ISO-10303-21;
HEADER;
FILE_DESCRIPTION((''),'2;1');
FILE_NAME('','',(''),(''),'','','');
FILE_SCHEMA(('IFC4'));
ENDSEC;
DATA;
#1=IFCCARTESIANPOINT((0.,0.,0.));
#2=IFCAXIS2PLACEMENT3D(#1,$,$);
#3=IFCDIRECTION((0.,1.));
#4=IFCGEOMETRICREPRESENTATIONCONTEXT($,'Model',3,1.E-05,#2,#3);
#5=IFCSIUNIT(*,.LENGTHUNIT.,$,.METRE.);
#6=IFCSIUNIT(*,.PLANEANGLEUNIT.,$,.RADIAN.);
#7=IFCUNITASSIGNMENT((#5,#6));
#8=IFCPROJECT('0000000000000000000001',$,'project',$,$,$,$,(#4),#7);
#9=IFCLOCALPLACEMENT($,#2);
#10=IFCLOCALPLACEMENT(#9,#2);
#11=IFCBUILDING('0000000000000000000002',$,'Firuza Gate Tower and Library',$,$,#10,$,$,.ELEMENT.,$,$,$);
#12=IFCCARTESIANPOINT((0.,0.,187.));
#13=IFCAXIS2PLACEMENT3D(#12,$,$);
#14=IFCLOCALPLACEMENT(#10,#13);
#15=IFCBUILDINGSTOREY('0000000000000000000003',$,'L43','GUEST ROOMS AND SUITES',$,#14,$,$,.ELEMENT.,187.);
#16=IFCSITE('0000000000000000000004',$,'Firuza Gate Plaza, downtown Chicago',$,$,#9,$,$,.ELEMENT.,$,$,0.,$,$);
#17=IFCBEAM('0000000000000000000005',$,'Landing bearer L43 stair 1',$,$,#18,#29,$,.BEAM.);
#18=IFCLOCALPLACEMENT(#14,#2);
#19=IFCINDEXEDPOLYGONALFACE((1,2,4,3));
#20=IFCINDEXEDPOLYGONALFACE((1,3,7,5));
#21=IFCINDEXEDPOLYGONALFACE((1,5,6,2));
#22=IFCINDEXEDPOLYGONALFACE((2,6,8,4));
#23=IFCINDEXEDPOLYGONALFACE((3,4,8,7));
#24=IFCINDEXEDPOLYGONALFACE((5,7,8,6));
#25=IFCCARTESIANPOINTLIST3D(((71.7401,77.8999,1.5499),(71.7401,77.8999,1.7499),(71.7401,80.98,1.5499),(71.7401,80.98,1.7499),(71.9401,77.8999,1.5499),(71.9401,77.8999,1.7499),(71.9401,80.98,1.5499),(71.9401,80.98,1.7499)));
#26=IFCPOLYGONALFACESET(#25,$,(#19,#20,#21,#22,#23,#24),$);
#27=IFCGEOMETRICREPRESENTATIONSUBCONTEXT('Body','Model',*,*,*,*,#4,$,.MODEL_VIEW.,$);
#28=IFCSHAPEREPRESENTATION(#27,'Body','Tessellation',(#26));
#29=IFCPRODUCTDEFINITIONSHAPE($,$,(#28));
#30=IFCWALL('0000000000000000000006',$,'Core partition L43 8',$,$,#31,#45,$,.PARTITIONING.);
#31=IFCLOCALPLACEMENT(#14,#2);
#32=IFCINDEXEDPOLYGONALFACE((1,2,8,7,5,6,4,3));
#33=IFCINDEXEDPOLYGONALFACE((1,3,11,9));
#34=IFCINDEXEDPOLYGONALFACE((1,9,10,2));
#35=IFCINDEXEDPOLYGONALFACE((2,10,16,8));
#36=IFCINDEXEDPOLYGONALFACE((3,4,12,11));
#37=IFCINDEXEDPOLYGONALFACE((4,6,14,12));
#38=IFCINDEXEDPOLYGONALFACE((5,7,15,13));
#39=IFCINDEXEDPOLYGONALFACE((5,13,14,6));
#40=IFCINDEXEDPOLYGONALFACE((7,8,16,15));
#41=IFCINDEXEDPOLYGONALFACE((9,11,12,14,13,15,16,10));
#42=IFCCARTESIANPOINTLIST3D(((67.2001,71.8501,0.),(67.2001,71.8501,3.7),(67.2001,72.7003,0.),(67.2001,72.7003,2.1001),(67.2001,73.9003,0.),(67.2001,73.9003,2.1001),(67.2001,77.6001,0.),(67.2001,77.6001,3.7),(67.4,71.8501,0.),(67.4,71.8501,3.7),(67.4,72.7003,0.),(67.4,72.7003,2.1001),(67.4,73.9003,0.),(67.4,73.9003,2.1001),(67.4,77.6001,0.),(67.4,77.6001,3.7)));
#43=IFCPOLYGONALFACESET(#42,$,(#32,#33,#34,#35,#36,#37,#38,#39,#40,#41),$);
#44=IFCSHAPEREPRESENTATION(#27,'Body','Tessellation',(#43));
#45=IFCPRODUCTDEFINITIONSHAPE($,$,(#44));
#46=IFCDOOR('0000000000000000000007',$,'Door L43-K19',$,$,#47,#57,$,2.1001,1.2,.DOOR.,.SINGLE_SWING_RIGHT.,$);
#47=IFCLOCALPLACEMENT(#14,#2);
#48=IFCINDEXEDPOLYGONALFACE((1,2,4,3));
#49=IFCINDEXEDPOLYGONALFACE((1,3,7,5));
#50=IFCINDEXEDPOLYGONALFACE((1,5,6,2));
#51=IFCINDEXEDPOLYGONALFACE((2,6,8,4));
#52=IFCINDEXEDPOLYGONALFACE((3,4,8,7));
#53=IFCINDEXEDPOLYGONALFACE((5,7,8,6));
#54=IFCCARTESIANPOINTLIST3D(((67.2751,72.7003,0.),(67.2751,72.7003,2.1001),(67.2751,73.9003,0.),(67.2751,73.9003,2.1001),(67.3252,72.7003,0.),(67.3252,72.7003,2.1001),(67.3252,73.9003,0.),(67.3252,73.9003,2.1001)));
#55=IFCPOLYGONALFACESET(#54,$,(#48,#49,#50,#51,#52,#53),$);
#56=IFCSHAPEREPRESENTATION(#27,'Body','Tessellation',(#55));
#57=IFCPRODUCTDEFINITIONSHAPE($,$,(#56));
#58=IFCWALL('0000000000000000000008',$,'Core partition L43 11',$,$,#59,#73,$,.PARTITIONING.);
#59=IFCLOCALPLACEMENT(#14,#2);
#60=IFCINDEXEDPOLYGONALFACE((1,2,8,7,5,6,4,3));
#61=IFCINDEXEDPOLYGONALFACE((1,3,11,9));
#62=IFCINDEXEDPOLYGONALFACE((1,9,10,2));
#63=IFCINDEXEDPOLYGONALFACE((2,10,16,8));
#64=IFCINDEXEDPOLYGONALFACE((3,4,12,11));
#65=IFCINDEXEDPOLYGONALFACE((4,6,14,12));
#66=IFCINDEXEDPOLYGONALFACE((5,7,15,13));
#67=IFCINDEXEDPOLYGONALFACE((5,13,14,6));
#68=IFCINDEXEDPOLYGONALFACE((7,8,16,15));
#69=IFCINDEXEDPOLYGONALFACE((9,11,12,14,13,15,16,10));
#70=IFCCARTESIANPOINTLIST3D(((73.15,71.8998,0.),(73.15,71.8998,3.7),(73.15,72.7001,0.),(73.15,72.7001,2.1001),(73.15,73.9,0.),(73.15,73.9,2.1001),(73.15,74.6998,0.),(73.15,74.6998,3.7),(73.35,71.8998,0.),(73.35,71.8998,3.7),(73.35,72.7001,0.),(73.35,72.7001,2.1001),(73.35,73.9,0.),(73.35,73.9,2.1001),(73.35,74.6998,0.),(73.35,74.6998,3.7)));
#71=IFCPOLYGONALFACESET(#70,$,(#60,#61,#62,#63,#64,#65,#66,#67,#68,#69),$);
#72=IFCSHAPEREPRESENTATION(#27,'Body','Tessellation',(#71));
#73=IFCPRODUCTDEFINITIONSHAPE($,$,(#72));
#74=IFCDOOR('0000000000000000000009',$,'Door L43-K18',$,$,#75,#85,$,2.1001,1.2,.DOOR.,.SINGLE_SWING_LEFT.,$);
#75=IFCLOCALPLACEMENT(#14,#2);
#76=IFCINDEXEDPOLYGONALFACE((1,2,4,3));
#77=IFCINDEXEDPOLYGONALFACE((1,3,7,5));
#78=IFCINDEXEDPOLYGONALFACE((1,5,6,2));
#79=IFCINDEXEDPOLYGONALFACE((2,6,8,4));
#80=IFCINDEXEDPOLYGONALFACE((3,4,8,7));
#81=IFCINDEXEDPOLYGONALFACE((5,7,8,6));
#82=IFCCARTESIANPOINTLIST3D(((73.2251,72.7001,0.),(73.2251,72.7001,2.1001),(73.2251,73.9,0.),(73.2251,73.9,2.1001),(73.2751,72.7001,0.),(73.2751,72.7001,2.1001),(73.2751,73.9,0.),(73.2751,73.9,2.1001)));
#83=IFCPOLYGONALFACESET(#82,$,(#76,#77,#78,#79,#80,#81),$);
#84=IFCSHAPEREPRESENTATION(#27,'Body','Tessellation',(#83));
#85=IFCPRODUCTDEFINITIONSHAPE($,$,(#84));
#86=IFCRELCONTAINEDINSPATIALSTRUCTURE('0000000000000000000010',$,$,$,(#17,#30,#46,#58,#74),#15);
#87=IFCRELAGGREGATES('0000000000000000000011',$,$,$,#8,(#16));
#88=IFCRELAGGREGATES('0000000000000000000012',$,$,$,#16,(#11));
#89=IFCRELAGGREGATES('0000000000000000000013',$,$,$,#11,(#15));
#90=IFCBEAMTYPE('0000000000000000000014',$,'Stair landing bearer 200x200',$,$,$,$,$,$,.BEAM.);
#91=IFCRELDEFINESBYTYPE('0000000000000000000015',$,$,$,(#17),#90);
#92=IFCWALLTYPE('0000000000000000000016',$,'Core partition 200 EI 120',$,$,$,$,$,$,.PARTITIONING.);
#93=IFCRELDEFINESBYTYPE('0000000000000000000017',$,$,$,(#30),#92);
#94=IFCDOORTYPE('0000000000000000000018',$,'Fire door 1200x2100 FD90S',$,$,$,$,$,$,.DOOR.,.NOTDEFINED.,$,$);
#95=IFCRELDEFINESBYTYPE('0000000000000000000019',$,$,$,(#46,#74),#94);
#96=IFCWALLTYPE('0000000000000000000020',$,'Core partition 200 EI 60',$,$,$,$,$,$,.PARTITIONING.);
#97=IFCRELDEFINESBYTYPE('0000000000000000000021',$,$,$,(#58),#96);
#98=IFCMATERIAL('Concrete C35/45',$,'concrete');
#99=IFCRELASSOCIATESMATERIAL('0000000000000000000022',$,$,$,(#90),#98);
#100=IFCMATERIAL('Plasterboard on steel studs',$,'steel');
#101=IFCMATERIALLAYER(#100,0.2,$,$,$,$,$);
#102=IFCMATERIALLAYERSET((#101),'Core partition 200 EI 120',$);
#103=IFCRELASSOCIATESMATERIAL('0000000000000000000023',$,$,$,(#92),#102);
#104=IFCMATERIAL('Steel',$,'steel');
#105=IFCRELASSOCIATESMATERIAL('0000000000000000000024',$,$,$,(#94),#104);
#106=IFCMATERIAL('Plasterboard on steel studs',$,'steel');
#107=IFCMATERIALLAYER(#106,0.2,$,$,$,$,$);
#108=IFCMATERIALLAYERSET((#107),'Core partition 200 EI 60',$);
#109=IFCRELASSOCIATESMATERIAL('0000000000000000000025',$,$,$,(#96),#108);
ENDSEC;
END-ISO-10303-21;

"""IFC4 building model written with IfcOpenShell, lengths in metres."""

from ifc_helpers import new_model, si_unit, direction, frame, frame_2d, origin, origin_2d, place, context, subcontext, project, spatial, rectangle, extrude, material, layer, layer_set, material_profile, profile_set, type_object, element, fill, save


model = new_model("IFC4")

# Units and contexts
model_context = context("Model", 3, precision=1e-05, world=origin(), true_north=direction((0.0, 1.0)))
body_context = subcontext(model_context, "Body", "Model", "MODEL_VIEW")
ifc_project = project(units=[si_unit("LENGTHUNIT", "METRE"), si_unit("PLANEANGLEUNIT", "RADIAN")], contexts=[model_context])

# Site, building, storey
site_placement = place(None, origin())
site = spatial("IfcSite", under=ifc_project, at=site_placement, Name="Firuza Gate Plaza, downtown Chicago", CompositionType="ELEMENT", RefElevation=0.0)
building_placement = place(site_placement, origin())
building = spatial("IfcBuilding", under=site, at=building_placement, Name="Firuza Gate Tower and Library", CompositionType="ELEMENT")
storey_placement = place(building_placement, frame((0.0, 0.0, 187.0)))
storey = spatial("IfcBuildingStorey", under=building, at=storey_placement, Name="L43", Description="GUEST ROOMS AND SUITES", CompositionType="ELEMENT", Elevation=187.0)

# Beam
ifc_material_1 = material(Name="Concrete C35/45", Category="concrete")
ifc_material_profile = material_profile(ifc_material_1, rectangle(XDim=0.2, YDim=0.2, at=origin_2d()))
ifc_profile_set = profile_set([ifc_material_profile], Name="Concrete C35/45")
beam_type = type_object("IfcBeamType", Name="Stair landing bearer 200x200", PredefinedType="BEAM", material=ifc_profile_set)
beam_placement = place(storey_placement, frame((71.8401, 77.8999, 1.6499), z_axis=(0.0, 1.0, 0.0), x_axis=(-1.0, 0.0, 0.0)))
element("IfcBeam", 1, at=beam_placement, inside=storey, type_object=beam_type, Name="Landing bearer L43 stair 1", PredefinedType="BEAM", context=body_context, shape_type="SweptSolid", body=[
    extrude(rectangle(XDim=0.2, YDim=0.2, at=origin_2d()), origin(), (0.0, 0.0, 1.0), 3.0801),
])

# Walls, openings, doors
ifc_material_2 = material(Name="Plasterboard on steel studs", Category="steel")
ifc_layer_1 = layer(ifc_material_2, 0.2)
ifc_layer_set_1 = layer_set([ifc_layer_1], Name="Core partition 200 EI 120")
wall_type_1 = type_object("IfcWallType", Name="Core partition 200 EI 120", PredefinedType="PARTITIONING", material=ifc_layer_set_1)
wall_1_placement = place(storey_placement, frame((67.3, 71.8501, 0.0), z_axis=(0.0, 0.0, 1.0), x_axis=(0.0, 1.0, 0.0)))
wall_1 = element("IfcWall", 2, at=wall_1_placement, inside=storey, type_object=wall_type_1, Name="Core partition L43 8", PredefinedType="PARTITIONING", context=body_context, shape_type="SweptSolid", body=[
    extrude(rectangle(XDim=5.75, YDim=0.2, at=frame_2d((2.875, 0.0))), origin(), (0.0, 0.0, 1.0), 3.7),
])
opening_1_placement = place(wall_1_placement, frame((0.8501, 0.0, 0.0)))
opening_1 = element("IfcOpeningElement", 3, at=opening_1_placement, cuts=wall_1, PredefinedType="OPENING", context=body_context, shape_type="SweptSolid", body=[
    extrude(rectangle(XDim=1.2, YDim=2.1001, at=frame_2d((0.6001, 1.05))), frame((0.0, 0.1099, 0.0), z_axis=(0.0, -1.0, 0.0), x_axis=(1.0, 0.0, 0.0)), (0.0, 0.0, 1.0), 0.22),
])
ifc_material_3 = material(Name="Steel", Category="steel")
door_type_1 = type_object("IfcDoorType", Name="Fire door 1200x2100 FD90S", OperationType="NOTDEFINED", PredefinedType="DOOR", material=ifc_material_3)
door_1_placement = place(opening_1_placement, origin())
door_1 = element("IfcDoor", 4, at=door_1_placement, inside=storey, type_object=door_type_1, Name="Door L43-K19", OperationType="SINGLE_SWING_RIGHT", OverallHeight=2.1001, OverallWidth=1.2, PredefinedType="DOOR", context=body_context, shape_type="SweptSolid", body=[
    extrude(rectangle(XDim=1.2, YDim=2.1001, at=frame_2d((0.6001, 1.05))), frame((0.0, 0.0249, 0.0), z_axis=(0.0, -1.0, 0.0), x_axis=(1.0, 0.0, 0.0)), (0.0, 0.0, 1.0), 0.05),
])
fill(opening_1, door_1)
ifc_material_4 = material(Name="Plasterboard on steel studs", Category="steel")
ifc_layer_2 = layer(ifc_material_4, 0.2)
ifc_layer_set_2 = layer_set([ifc_layer_2], Name="Core partition 200 EI 60")
wall_type_2 = type_object("IfcWallType", Name="Core partition 200 EI 60", PredefinedType="PARTITIONING", material=ifc_layer_set_2)
wall_2_placement = place(storey_placement, frame((73.25, 71.8999, 0.0), z_axis=(0.0, 0.0, 1.0), x_axis=(0.0, 1.0, 0.0)))
wall_2 = element("IfcWall", 5, at=wall_2_placement, inside=storey, type_object=wall_type_2, Name="Core partition L43 11", PredefinedType="PARTITIONING", context=body_context, shape_type="SweptSolid", body=[
    extrude(rectangle(XDim=2.8, YDim=0.2, at=frame_2d((1.3999, 0.0))), origin(), (0.0, 0.0, 1.0), 3.7),
])
opening_2_placement = place(wall_2_placement, frame((0.8, 0.0, 0.0)))
opening_2 = element("IfcOpeningElement", 6, at=opening_2_placement, cuts=wall_2, PredefinedType="OPENING", context=body_context, shape_type="SweptSolid", body=[
    extrude(rectangle(XDim=1.2, YDim=2.1001, at=frame_2d((0.6001, 1.05))), frame((0.0, 0.1099, 0.0), z_axis=(0.0, -1.0, 0.0), x_axis=(1.0, 0.0, 0.0)), (0.0, 0.0, 1.0), 0.22),
])
door_2_placement = place(opening_2_placement, origin())
door_2 = element("IfcDoor", 7, at=door_2_placement, inside=storey, type_object=door_type_1, Name="Door L43-K18", OperationType="SINGLE_SWING_LEFT", OverallHeight=2.1001, OverallWidth=1.2, PredefinedType="DOOR", context=body_context, shape_type="SweptSolid", body=[
    extrude(rectangle(XDim=1.2, YDim=2.1001, at=frame_2d((0.6001, 1.05))), frame((0.0, 0.0249, 0.0), z_axis=(0.0, -1.0, 0.0), x_axis=(1.0, 0.0, 0.0)), (0.0, 0.0, 1.0), 0.05),
])
fill(opening_2, door_2)

save(model, "model.ifc")
